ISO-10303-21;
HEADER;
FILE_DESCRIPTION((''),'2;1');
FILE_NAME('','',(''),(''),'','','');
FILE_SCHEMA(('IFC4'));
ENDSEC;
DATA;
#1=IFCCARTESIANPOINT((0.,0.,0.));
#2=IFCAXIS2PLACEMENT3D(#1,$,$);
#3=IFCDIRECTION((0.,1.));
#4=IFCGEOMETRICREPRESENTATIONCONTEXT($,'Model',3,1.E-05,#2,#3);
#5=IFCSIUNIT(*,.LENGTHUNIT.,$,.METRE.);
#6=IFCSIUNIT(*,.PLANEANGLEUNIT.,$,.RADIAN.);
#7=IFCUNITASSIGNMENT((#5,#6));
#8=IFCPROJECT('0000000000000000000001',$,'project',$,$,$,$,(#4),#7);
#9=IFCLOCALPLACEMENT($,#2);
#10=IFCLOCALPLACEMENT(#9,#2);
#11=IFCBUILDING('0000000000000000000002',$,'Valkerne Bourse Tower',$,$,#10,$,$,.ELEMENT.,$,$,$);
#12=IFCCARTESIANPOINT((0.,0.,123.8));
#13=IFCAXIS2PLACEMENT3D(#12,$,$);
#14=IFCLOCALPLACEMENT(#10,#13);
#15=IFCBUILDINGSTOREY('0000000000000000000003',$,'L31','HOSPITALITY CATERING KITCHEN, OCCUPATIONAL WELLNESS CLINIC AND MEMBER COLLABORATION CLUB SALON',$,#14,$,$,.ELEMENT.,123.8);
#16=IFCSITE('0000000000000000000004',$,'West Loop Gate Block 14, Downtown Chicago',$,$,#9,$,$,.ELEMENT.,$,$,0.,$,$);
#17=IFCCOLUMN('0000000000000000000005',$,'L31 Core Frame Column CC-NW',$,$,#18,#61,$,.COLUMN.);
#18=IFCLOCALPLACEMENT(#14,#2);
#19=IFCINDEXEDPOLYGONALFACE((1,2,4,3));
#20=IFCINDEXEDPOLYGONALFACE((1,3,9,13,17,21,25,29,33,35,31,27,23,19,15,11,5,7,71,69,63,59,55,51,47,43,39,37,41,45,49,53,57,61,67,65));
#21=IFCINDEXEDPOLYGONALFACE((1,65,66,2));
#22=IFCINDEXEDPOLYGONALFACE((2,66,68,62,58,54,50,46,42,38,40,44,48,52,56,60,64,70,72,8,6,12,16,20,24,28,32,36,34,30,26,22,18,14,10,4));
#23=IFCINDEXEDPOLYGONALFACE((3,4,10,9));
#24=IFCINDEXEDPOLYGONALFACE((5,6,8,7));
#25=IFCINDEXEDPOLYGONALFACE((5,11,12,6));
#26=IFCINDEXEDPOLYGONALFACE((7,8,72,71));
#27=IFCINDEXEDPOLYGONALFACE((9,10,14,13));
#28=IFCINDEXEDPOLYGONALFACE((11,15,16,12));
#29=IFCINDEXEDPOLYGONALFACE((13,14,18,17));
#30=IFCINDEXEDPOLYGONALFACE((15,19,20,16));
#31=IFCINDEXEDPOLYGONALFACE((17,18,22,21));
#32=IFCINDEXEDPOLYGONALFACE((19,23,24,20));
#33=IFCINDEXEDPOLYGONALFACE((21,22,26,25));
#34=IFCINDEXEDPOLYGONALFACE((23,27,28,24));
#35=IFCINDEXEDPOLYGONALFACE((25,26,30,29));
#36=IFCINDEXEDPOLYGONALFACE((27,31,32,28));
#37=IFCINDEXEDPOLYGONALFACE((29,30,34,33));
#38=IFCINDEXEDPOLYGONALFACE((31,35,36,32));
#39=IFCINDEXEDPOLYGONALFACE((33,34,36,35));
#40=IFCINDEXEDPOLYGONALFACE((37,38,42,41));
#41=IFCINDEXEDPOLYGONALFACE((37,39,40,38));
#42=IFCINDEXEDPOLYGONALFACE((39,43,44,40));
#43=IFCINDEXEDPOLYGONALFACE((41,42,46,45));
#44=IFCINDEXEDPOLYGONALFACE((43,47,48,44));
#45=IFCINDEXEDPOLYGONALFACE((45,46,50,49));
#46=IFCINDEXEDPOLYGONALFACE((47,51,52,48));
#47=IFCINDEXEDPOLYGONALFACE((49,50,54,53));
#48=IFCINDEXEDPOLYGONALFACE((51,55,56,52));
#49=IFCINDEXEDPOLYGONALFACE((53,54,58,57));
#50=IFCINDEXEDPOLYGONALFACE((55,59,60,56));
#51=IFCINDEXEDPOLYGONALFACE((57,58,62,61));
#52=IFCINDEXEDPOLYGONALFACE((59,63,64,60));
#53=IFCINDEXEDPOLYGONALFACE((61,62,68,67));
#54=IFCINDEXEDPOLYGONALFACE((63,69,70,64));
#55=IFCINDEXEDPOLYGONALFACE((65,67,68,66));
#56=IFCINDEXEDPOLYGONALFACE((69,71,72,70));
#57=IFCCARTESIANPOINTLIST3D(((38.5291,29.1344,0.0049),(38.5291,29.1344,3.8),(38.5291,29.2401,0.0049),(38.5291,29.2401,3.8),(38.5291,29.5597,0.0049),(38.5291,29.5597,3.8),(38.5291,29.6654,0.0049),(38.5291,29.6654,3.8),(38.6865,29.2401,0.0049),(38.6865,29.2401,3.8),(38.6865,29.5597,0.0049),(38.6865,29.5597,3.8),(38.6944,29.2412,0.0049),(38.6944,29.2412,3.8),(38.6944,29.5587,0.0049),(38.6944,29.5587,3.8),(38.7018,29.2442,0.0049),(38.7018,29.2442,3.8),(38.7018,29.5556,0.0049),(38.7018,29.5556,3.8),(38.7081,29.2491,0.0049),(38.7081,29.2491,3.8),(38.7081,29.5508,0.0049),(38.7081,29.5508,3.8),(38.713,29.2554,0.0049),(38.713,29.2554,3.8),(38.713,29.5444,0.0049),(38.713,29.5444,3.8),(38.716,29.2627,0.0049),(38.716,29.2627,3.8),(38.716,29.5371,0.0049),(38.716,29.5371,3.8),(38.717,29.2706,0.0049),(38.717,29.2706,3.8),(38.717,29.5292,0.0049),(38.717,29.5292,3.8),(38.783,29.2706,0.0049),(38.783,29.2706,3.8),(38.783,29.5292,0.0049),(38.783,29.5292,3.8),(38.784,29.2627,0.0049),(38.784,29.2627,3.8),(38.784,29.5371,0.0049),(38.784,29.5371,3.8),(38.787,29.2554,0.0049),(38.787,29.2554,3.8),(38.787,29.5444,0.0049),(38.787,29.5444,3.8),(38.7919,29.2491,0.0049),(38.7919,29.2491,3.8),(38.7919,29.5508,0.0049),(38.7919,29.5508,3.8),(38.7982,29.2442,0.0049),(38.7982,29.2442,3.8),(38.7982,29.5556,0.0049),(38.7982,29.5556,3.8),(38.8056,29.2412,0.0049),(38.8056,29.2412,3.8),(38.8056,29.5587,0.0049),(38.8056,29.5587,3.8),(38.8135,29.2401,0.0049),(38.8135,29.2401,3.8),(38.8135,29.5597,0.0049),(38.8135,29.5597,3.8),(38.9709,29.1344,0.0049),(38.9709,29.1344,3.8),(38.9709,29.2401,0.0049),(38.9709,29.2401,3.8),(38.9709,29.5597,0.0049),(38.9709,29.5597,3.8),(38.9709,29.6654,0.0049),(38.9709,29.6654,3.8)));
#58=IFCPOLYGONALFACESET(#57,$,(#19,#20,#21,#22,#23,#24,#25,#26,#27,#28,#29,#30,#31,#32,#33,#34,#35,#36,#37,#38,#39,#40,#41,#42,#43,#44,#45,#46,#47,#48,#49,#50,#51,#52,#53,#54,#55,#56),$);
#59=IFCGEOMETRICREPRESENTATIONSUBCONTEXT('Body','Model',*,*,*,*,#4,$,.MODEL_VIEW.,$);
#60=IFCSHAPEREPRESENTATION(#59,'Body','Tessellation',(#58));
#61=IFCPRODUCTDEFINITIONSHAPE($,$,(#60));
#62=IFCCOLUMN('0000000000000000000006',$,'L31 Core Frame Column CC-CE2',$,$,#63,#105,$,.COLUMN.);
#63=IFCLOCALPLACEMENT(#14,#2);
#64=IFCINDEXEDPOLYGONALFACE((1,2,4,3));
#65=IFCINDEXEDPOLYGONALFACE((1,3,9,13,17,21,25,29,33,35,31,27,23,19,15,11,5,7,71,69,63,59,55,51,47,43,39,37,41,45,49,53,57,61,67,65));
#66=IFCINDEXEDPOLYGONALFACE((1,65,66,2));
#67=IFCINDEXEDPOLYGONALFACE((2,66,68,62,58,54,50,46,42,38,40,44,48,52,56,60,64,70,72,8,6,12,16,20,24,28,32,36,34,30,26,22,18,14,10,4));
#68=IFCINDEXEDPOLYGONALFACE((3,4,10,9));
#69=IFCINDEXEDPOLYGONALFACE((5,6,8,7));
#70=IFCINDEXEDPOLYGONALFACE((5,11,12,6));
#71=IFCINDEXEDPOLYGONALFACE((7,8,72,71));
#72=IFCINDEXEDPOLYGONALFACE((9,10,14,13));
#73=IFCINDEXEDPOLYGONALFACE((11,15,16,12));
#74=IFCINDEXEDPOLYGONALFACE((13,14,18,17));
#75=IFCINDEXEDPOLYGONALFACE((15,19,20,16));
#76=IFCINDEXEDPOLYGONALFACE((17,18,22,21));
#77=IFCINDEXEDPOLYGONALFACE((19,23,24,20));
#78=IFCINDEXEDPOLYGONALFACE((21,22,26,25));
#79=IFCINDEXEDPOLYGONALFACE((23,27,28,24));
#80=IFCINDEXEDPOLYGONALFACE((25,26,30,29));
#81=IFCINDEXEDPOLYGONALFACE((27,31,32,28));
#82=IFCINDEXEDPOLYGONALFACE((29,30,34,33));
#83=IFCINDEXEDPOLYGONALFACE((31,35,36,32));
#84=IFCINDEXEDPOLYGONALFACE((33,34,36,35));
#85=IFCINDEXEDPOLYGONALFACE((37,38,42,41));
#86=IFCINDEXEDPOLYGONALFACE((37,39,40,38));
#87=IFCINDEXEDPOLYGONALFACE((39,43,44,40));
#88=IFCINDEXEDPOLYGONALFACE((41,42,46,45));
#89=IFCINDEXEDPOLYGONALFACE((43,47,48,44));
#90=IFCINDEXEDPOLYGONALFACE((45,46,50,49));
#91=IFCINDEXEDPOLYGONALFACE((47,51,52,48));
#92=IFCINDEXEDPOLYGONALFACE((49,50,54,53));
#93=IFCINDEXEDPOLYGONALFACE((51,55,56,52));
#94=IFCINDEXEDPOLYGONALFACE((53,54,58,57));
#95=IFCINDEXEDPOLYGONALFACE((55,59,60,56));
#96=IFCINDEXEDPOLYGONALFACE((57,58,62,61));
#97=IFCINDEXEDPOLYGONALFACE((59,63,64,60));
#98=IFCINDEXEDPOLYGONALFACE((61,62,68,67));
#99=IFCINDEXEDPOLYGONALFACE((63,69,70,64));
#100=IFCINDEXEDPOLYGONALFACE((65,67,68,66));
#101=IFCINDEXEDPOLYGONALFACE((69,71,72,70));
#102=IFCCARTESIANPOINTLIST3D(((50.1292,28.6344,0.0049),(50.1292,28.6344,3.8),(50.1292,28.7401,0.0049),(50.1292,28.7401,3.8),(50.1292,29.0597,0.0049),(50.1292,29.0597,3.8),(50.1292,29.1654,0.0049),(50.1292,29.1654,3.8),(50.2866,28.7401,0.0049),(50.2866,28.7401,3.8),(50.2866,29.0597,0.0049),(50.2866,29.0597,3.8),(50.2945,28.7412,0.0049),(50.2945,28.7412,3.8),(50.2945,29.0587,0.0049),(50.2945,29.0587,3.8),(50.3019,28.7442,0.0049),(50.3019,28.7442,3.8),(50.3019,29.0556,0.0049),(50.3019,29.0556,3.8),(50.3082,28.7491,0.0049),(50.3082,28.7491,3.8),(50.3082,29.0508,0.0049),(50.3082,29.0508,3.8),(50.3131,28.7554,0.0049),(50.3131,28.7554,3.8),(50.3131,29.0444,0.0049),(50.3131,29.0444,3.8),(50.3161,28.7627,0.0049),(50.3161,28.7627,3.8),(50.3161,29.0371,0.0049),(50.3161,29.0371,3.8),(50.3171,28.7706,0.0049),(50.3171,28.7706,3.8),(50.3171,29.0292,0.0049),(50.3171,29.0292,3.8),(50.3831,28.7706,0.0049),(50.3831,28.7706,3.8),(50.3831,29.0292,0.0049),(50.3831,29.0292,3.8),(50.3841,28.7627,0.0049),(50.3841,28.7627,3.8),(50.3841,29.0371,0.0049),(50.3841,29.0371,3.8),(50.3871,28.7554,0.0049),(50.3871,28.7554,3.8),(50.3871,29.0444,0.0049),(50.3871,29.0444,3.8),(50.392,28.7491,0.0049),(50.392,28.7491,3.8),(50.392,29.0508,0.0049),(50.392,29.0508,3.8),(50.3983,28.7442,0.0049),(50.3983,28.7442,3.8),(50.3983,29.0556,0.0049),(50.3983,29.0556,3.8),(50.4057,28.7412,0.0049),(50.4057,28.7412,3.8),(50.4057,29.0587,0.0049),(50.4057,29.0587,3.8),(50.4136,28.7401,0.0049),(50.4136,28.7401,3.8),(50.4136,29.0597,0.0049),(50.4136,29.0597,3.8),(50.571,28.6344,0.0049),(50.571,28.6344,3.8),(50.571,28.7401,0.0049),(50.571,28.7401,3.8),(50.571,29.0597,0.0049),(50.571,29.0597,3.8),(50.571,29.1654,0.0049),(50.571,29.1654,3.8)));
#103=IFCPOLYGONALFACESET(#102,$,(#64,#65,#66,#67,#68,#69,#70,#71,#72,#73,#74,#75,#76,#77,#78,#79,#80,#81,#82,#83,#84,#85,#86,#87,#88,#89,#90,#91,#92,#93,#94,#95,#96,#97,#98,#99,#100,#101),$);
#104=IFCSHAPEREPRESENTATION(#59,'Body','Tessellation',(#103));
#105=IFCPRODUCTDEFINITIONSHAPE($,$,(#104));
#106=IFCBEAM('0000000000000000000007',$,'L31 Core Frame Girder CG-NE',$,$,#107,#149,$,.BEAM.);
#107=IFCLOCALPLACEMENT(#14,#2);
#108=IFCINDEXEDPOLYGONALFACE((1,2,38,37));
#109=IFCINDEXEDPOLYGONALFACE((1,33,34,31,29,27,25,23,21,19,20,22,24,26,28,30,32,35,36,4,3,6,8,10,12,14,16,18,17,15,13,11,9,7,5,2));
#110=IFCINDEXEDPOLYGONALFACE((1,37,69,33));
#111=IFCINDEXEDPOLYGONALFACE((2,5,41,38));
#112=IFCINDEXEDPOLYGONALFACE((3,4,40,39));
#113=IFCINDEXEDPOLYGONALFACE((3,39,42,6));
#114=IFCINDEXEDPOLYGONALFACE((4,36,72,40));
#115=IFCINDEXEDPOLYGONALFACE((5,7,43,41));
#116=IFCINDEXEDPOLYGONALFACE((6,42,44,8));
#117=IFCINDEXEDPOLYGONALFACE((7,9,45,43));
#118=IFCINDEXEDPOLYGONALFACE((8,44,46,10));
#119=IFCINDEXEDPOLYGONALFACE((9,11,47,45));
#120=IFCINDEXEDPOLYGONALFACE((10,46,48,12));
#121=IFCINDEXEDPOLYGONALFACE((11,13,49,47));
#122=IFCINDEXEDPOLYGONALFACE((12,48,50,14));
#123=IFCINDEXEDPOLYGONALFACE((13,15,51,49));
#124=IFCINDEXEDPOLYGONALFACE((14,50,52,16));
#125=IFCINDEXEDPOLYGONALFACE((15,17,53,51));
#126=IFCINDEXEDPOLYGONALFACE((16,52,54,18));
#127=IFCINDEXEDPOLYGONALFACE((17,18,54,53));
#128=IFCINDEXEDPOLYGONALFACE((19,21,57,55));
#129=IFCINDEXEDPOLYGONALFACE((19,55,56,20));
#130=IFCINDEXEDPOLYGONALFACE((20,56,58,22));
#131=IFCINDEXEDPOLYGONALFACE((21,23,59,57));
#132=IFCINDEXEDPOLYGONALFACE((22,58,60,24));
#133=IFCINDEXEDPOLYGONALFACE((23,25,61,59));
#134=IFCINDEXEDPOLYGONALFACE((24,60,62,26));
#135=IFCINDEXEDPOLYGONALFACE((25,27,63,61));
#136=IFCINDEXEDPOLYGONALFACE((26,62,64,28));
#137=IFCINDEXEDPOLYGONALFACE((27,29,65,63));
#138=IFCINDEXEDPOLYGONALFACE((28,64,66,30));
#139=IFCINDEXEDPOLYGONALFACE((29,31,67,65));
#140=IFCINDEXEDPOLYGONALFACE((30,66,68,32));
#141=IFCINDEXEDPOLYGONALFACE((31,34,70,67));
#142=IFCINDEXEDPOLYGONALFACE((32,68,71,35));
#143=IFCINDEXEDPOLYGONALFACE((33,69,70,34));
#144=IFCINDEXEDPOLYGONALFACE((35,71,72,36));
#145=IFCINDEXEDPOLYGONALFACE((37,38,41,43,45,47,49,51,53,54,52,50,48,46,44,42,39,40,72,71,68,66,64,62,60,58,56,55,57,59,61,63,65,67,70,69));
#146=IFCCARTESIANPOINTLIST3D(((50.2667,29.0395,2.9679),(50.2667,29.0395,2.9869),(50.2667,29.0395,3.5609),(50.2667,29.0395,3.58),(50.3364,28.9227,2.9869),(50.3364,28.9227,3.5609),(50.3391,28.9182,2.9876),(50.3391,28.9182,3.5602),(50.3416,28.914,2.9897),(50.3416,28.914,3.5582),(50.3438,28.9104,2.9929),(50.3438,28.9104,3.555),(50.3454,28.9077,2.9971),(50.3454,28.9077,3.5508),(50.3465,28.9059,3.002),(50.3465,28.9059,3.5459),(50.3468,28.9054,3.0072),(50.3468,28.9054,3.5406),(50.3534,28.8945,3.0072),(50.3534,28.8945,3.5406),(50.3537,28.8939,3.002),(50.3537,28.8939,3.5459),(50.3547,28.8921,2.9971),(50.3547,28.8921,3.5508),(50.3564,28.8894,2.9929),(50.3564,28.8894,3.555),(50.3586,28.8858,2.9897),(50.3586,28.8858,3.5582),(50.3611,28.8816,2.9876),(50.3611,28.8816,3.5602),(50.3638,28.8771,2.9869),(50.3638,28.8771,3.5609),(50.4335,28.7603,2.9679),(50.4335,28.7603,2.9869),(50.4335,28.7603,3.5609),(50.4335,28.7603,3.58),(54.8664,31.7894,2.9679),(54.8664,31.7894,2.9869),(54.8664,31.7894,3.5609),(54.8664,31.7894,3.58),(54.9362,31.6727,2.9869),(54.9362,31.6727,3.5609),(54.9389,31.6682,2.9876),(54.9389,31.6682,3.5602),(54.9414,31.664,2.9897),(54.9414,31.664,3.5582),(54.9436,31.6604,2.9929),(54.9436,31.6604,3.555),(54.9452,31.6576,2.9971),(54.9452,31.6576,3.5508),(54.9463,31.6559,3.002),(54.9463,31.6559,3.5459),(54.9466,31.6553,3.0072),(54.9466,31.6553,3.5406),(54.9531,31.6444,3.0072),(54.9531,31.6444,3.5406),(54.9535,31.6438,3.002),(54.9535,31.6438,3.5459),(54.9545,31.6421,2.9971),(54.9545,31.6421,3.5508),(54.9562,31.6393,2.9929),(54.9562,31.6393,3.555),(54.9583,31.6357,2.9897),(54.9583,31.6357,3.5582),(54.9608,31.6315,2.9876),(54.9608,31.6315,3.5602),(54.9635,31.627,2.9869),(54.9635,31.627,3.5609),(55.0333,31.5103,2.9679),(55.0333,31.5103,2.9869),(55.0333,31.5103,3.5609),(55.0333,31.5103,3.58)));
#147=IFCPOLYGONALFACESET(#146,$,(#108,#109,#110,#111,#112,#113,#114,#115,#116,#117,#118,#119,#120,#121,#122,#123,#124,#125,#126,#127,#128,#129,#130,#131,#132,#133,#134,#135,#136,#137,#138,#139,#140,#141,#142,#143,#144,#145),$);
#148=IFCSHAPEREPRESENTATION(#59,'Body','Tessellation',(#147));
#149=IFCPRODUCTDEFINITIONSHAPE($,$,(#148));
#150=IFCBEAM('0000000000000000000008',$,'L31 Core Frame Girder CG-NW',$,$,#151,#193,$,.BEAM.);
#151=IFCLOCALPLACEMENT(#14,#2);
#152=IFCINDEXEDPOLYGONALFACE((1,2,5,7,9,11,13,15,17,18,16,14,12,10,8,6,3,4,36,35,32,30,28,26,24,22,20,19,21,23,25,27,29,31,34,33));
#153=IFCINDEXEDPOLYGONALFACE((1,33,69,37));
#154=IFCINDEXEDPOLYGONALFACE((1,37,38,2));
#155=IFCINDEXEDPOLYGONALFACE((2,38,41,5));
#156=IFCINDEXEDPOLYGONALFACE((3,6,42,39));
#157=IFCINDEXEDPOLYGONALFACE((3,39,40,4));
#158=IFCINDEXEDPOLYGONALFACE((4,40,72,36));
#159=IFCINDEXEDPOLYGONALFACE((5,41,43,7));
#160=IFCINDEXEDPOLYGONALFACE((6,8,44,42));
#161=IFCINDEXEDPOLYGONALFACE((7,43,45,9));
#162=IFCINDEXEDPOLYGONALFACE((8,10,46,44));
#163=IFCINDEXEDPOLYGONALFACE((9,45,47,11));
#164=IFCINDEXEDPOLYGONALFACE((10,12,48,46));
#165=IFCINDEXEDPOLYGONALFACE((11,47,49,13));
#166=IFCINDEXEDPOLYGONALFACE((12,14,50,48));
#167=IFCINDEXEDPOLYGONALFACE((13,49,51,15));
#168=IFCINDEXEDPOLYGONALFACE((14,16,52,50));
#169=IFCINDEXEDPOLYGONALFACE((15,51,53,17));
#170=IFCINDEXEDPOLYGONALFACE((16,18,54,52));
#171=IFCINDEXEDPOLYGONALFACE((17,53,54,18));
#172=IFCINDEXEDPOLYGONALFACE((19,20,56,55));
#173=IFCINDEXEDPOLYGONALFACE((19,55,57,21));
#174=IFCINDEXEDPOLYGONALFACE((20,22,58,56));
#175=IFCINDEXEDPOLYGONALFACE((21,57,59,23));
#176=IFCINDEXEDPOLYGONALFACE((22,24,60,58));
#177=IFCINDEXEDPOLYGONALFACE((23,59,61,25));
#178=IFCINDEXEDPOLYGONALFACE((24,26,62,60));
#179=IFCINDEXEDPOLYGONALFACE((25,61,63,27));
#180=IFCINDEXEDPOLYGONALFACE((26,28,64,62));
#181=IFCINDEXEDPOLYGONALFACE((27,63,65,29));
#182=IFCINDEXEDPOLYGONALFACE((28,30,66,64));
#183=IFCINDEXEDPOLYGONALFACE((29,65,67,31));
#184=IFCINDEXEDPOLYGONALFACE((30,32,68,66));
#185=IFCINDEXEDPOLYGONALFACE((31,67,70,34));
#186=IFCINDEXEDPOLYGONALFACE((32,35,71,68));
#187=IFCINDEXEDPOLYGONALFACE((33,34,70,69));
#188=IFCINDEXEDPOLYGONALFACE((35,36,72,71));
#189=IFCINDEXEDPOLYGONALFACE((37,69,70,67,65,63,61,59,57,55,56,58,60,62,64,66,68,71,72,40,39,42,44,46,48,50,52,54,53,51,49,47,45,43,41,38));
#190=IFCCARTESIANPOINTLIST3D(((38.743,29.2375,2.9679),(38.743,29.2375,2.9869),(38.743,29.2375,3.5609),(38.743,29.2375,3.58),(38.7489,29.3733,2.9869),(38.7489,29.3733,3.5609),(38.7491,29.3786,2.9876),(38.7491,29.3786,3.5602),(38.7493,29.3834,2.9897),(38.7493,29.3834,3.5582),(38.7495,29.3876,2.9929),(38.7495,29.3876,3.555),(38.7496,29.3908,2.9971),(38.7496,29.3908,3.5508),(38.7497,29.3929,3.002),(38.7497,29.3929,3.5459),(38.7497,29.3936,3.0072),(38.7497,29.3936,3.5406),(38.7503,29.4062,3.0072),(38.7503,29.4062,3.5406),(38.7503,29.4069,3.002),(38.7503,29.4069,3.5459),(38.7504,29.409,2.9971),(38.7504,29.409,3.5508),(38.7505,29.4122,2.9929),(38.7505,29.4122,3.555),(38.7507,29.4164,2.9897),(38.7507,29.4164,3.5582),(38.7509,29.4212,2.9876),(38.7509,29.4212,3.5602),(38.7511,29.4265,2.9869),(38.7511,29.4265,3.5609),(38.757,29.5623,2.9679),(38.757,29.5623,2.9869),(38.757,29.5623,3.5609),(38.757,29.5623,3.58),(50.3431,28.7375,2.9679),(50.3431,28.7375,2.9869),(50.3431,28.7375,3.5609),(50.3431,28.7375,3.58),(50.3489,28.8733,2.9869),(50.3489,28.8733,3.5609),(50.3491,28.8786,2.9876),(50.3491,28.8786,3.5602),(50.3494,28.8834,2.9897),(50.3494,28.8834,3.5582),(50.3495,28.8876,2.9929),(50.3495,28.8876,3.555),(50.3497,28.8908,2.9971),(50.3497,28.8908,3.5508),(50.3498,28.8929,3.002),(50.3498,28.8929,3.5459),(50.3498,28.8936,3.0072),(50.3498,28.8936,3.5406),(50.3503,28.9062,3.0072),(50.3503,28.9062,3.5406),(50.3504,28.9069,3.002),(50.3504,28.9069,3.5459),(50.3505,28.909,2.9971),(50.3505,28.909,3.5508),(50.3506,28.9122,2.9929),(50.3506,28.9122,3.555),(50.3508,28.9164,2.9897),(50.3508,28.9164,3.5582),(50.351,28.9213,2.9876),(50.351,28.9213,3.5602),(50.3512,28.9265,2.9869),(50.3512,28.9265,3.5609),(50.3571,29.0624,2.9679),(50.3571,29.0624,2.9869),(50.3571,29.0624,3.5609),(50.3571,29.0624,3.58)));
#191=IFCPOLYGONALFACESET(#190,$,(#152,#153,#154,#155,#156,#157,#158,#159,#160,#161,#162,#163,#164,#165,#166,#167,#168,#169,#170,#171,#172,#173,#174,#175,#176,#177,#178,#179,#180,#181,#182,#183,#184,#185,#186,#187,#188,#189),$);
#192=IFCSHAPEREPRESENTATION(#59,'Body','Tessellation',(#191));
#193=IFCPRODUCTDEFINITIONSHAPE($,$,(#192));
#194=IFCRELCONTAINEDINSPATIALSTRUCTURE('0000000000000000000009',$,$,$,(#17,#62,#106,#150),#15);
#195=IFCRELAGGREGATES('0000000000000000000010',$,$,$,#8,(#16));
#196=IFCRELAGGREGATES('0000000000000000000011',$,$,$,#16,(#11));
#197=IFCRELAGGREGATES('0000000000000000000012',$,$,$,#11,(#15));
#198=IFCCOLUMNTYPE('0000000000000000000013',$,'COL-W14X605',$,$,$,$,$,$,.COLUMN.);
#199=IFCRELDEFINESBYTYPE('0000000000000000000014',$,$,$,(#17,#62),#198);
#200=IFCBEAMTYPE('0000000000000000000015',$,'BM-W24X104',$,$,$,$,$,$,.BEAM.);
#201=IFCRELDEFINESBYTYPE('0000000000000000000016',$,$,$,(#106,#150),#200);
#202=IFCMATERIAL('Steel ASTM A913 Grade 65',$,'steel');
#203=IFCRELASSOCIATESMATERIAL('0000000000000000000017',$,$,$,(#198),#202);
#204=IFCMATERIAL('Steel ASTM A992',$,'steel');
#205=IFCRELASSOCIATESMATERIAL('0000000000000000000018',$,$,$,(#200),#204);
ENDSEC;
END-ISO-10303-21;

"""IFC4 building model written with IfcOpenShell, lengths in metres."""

from ifc_helpers import new_model, si_unit, direction, frame, origin, origin_2d, place, context, subcontext, project, spatial, i_section, extrude, material, material_profile, profile_set, type_object, element, save


model = new_model("IFC4")

# Units and contexts
model_context = context("Model", 3, precision=1e-05, world=origin(), true_north=direction((0.0, 1.0)))
body_context = subcontext(model_context, "Body", "Model", "MODEL_VIEW")
ifc_project = project(units=[si_unit("LENGTHUNIT", "METRE"), si_unit("PLANEANGLEUNIT", "RADIAN")], contexts=[model_context])

# Site, building, storey
site_placement = place(None, origin())
site = spatial("IfcSite", under=ifc_project, at=site_placement, Name="West Loop Gate Block 14, Downtown Chicago", CompositionType="ELEMENT", RefElevation=0.0)
building_placement = place(site_placement, origin())
building = spatial("IfcBuilding", under=site, at=building_placement, Name="Valkerne Bourse Tower", CompositionType="ELEMENT")
storey_placement = place(building_placement, frame((0.0, 0.0, 123.8)))
storey = spatial("IfcBuildingStorey", under=building, at=storey_placement, Name="L31", Description="HOSPITALITY CATERING KITCHEN, OCCUPATIONAL WELLNESS CLINIC AND MEMBER COLLABORATION CLUB SALON", CompositionType="ELEMENT", Elevation=123.8)

# Columns
ifc_material_1 = material(Name="Steel ASTM A913 Grade 65", Category="steel")
ifc_material_profile_1 = material_profile(ifc_material_1, i_section(OverallWidth=0.4419, OverallDepth=0.531, WebThickness=0.0659, FlangeThickness=0.1057, FilletRadius=0.0305, at=origin_2d()), Name="W14X605")
ifc_profile_set_1 = profile_set([ifc_material_profile_1], Name="Steel ASTM A913 Grade 65")
column_type = type_object("IfcColumnType", Name="COL-W14X605", PredefinedType="COLUMN", material=ifc_profile_set_1)
for number, where, z_axis, x_axis, name in (
    (1, (38.75, 29.3999, 0.0049), (0.0, 0.0, 1.0), (1.0, 0.0, 0.0), "L31 Core Frame Column CC-NW"),
    (2, (50.3501, 28.8999, 0.0049), (0.0, 0.0, 1.0), (1.0, 0.0, 0.0), "L31 Core Frame Column CC-CE2"),
):
    element("IfcColumn", number, at=place(storey_placement, frame(where, z_axis=z_axis, x_axis=x_axis)), inside=storey, type_object=column_type, Name=name, PredefinedType="COLUMN", context=body_context, shape_type="SweptSolid", body=[
        extrude(i_section(OverallWidth=0.4419, OverallDepth=0.531, WebThickness=0.0659, FlangeThickness=0.1057, FilletRadius=0.0305, at=origin_2d()), origin(), (0.0, 0.0, 1.0), 3.7952),
    ])

# Beams
ifc_material_2 = material(Name="Steel ASTM A992", Category="steel")
ifc_material_profile_2 = material_profile(ifc_material_2, i_section(OverallWidth=0.3252, OverallDepth=0.6121, WebThickness=0.0127, FlangeThickness=0.019, FilletRadius=0.0203, at=origin_2d()), Name="W24X104")
ifc_profile_set_2 = profile_set([ifc_material_profile_2], Name="Steel ASTM A992")
beam_type = type_object("IfcBeamType", Name="BM-W24X104", PredefinedType="BEAM", material=ifc_profile_set_2)
beam_1_placement = place(storey_placement, frame((50.3501, 28.8999, 3.2739), z_axis=(0.858308, 0.513135, 0.0), x_axis=(-0.513135, 0.858308, 0.0)))
element("IfcBeam", 3, at=beam_1_placement, inside=storey, type_object=beam_type, Name="L31 Core Frame Girder CG-NE", PredefinedType="BEAM", context=body_context, shape_type="SweptSolid", body=[
    extrude(i_section(OverallWidth=0.3252, OverallDepth=0.6121, WebThickness=0.0127, FlangeThickness=0.019, FilletRadius=0.0203, at=origin_2d()), origin(), (0.0, 0.0, 1.0), 5.3591),
])
beam_2_placement = place(storey_placement, frame((38.75, 29.3999, 3.2739), z_axis=(0.999072, -0.043063, 0.0), x_axis=(0.043063, 0.999072, 0.0)))
element("IfcBeam", 4, at=beam_2_placement, inside=storey, type_object=beam_type, Name="L31 Core Frame Girder CG-NW", PredefinedType="BEAM", context=body_context, shape_type="SweptSolid", body=[
    extrude(i_section(OverallWidth=0.3252, OverallDepth=0.6121, WebThickness=0.0127, FlangeThickness=0.019, FilletRadius=0.0203, at=origin_2d()), origin(), (0.0, 0.0, 1.0), 11.6108),
])

save(model, "model.ifc")
